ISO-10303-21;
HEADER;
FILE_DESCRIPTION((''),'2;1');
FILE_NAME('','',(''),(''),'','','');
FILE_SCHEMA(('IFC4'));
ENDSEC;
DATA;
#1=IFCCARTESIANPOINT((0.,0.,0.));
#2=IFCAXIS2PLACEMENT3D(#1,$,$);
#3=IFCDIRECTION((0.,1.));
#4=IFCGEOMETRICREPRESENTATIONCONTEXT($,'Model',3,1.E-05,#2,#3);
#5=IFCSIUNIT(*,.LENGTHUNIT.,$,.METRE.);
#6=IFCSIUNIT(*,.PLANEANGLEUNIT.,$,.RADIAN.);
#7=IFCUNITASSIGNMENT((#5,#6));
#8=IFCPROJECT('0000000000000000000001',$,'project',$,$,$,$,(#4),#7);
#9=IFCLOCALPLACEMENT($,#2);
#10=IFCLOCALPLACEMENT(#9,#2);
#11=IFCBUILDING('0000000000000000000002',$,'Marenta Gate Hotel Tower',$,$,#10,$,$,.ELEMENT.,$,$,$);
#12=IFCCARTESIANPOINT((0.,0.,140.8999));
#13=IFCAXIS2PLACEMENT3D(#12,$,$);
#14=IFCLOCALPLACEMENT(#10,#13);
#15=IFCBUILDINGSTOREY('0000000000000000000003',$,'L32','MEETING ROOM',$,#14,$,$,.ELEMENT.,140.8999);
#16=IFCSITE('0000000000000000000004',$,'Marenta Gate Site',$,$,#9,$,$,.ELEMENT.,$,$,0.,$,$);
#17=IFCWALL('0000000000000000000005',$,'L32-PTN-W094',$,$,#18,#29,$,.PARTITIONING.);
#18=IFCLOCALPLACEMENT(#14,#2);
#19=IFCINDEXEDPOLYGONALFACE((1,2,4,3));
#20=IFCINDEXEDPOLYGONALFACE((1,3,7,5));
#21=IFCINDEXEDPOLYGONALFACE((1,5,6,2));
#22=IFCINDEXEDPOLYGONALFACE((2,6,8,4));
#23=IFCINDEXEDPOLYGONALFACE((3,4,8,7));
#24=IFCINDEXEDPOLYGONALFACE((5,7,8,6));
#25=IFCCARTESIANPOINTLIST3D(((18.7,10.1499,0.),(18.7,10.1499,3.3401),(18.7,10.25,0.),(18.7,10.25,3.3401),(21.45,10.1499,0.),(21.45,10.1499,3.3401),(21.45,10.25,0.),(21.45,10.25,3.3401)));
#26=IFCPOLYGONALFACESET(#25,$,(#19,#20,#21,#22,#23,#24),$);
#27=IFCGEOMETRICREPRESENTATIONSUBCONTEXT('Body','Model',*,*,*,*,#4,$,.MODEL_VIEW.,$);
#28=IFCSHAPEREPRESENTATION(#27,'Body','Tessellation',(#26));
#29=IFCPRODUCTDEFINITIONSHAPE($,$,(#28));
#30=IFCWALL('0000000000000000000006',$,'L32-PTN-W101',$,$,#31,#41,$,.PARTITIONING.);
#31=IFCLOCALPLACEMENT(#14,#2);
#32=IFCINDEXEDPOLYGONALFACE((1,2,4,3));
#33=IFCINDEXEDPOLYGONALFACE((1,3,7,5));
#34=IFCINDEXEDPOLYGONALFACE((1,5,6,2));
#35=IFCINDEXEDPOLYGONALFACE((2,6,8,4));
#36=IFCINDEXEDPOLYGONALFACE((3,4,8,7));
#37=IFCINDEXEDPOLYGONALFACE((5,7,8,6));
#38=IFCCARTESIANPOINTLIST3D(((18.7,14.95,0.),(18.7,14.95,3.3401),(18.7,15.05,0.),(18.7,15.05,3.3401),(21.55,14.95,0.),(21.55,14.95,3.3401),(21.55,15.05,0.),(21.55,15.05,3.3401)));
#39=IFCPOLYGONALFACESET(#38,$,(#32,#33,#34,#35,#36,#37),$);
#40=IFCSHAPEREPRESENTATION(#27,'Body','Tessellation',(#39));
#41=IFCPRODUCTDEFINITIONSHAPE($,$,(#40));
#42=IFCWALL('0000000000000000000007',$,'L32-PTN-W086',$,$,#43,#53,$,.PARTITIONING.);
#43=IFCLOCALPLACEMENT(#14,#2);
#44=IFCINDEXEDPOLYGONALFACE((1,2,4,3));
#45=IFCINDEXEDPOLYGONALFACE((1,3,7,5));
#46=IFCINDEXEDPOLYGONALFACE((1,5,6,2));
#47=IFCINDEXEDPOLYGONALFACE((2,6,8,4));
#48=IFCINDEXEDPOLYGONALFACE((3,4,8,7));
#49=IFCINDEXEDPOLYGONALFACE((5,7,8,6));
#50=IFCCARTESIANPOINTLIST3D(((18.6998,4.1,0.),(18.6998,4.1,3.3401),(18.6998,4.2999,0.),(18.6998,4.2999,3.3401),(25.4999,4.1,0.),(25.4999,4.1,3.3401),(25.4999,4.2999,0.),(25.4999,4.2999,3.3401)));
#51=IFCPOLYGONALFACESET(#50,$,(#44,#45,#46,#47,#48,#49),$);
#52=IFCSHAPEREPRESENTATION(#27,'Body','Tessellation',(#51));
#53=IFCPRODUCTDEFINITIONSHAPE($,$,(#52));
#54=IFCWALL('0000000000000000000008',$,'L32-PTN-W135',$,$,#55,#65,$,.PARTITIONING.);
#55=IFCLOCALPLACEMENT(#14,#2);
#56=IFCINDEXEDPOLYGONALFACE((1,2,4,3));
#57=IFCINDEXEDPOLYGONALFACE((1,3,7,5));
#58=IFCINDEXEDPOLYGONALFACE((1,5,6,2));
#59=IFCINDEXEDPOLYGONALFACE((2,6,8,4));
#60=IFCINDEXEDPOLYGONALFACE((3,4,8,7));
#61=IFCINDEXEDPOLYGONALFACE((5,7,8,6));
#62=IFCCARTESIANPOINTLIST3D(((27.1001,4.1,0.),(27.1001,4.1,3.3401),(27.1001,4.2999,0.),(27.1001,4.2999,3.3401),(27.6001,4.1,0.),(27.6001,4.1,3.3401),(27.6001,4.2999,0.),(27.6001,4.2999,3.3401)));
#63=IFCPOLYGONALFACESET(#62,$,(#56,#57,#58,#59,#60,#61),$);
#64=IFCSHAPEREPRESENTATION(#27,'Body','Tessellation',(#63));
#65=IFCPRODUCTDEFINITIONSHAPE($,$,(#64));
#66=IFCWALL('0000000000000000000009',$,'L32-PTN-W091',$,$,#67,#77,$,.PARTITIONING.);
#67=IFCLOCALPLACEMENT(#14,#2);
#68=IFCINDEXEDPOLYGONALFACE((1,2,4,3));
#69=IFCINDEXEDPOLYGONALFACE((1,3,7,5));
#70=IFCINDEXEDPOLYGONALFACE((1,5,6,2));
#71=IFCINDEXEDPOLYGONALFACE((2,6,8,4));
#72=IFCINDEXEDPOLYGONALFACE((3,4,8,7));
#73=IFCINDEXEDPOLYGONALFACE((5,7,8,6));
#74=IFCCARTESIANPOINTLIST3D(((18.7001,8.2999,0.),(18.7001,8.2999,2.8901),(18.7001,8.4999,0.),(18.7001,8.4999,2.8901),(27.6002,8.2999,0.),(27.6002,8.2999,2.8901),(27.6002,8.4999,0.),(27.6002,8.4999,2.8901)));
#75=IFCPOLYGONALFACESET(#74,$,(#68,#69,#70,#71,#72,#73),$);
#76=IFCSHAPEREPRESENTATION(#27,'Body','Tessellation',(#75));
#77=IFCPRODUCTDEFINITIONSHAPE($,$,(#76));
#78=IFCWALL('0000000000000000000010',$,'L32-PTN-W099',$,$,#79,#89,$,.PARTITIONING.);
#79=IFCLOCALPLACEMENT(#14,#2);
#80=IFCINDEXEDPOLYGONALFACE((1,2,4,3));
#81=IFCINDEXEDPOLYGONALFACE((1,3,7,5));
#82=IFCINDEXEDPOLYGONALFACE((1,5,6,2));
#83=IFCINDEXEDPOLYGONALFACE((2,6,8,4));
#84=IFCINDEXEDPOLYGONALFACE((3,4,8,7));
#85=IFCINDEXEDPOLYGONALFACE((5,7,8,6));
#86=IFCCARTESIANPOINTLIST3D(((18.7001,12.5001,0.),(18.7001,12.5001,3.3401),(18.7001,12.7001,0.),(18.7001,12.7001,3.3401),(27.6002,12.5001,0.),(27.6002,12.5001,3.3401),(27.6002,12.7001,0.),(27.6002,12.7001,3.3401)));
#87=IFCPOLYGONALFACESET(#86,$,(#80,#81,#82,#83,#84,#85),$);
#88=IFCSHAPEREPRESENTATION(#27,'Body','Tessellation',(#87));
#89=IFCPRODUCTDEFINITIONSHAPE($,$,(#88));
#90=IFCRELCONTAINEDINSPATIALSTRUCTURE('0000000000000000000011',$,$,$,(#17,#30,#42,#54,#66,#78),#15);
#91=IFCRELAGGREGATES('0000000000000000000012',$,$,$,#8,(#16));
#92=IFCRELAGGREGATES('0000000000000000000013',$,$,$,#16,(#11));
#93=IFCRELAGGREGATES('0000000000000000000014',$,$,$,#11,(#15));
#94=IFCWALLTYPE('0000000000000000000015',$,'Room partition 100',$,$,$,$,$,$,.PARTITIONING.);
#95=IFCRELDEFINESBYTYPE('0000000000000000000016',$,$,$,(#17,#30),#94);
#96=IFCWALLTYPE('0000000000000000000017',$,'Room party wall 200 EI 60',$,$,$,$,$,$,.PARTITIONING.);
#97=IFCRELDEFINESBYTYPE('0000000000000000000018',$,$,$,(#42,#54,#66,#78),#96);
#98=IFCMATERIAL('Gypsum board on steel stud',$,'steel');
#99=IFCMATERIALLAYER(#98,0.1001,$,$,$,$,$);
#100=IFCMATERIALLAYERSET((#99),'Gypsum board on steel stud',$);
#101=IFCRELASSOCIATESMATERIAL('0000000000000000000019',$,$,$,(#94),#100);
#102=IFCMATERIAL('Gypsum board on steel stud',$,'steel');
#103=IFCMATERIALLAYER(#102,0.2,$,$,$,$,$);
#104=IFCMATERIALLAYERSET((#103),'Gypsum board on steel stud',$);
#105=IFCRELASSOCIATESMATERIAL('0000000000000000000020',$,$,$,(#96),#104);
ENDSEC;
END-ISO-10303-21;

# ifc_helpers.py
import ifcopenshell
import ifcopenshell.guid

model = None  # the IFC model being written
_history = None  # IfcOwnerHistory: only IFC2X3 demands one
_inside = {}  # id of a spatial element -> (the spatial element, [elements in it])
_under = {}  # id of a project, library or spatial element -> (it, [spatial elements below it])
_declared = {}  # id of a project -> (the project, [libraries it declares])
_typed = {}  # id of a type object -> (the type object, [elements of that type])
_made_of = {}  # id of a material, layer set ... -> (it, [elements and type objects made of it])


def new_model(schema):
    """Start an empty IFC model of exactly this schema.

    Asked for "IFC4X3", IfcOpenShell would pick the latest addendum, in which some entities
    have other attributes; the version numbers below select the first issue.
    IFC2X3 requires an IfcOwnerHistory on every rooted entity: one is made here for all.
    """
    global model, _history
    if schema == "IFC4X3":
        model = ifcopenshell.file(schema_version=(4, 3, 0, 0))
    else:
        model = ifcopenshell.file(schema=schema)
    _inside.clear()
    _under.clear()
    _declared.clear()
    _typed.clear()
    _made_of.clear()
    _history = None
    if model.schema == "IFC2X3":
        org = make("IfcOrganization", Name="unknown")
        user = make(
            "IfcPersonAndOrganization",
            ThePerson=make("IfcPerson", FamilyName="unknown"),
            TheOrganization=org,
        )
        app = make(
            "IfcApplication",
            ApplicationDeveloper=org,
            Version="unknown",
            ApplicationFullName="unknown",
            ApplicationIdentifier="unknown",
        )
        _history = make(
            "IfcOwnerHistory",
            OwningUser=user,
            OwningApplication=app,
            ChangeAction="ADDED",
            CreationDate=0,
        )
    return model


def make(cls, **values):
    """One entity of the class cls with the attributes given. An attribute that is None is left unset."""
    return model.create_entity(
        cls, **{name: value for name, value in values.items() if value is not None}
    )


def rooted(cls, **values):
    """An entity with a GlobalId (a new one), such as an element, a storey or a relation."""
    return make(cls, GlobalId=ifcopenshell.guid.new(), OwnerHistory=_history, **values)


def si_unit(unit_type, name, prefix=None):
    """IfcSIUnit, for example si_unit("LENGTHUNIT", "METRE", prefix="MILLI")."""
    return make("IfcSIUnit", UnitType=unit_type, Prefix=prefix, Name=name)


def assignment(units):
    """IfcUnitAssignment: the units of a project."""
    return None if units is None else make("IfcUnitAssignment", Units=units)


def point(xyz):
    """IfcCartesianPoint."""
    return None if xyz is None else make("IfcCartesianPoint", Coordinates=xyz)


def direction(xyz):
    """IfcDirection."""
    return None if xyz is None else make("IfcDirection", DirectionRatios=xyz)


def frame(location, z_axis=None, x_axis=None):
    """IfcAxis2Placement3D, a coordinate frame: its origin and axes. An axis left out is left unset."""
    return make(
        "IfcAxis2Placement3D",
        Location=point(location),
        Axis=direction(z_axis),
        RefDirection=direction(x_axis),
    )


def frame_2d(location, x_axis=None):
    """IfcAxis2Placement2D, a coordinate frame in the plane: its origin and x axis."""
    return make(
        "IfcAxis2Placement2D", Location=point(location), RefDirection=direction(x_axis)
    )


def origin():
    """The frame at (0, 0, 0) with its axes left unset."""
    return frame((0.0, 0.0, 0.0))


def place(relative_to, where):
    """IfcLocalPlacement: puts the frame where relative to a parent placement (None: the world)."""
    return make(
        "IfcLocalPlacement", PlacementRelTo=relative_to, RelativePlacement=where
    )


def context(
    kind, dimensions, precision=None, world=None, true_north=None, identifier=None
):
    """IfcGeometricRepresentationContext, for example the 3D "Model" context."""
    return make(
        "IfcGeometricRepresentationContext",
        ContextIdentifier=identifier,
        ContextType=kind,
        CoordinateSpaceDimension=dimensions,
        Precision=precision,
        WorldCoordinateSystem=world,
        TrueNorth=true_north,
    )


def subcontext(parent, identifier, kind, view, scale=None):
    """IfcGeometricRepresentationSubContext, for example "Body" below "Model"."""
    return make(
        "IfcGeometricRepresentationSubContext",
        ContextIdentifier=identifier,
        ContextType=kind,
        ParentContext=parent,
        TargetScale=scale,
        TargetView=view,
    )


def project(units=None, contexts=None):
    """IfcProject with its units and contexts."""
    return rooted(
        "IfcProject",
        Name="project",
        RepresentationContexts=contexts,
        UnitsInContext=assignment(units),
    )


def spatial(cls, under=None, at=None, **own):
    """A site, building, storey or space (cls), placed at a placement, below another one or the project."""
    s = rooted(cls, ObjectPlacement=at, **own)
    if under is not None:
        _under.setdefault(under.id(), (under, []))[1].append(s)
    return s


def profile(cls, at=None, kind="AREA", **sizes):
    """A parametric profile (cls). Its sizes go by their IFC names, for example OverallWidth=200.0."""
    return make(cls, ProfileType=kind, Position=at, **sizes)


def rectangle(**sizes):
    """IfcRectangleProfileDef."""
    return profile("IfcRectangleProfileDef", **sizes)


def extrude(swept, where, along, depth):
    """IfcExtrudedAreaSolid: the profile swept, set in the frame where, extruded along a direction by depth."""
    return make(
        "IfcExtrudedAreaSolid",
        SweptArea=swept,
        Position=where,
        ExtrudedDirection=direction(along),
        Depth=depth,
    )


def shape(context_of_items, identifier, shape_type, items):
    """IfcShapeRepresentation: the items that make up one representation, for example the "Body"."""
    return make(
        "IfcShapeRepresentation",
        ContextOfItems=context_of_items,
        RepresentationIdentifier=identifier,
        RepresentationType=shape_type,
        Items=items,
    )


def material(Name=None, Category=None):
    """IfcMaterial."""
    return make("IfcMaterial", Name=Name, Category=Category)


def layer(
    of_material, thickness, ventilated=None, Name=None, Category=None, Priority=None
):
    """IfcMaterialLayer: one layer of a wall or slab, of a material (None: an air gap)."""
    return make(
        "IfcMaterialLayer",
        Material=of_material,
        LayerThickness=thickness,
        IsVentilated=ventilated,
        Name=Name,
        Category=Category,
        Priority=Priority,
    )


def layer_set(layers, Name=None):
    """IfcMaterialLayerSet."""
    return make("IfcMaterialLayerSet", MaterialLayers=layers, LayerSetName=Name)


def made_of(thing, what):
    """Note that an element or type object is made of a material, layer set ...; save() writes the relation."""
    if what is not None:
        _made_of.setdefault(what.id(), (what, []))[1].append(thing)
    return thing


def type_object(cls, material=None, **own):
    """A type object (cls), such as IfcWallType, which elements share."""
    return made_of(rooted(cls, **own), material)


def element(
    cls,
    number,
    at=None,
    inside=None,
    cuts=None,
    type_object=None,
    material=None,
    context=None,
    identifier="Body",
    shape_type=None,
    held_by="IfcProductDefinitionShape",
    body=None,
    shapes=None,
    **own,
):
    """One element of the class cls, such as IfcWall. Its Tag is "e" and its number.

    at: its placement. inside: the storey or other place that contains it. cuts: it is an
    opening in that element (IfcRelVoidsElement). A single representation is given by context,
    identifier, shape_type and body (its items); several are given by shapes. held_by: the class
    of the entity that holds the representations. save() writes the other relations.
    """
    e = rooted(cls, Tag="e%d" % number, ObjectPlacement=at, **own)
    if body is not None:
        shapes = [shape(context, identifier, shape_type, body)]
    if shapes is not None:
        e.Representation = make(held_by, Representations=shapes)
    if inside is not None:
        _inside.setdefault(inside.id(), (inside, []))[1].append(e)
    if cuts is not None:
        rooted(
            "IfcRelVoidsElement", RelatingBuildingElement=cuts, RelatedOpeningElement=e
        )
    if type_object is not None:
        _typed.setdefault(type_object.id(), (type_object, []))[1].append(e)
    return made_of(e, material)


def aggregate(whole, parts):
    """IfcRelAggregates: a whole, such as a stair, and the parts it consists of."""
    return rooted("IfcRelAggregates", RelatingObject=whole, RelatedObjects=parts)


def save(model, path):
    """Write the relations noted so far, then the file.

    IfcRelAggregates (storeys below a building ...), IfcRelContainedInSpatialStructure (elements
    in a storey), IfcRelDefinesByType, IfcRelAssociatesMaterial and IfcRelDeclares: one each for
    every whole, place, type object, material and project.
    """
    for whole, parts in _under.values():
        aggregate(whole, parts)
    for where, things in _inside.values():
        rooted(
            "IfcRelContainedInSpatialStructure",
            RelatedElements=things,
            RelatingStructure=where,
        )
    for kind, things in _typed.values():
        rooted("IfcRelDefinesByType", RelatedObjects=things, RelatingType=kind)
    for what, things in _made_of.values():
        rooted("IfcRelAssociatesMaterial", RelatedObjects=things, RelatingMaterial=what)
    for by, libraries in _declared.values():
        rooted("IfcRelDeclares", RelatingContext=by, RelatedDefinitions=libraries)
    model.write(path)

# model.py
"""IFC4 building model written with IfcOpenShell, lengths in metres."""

from ifc_helpers import new_model, si_unit, direction, frame, frame_2d, origin, place, context, subcontext, project, spatial, rectangle, extrude, material, layer, layer_set, type_object, element, save


model = new_model("IFC4")

# Units and contexts
model_context = context("Model", 3, precision=1e-05, world=origin(), true_north=direction((0.0, 1.0)))
body_context = subcontext(model_context, "Body", "Model", "MODEL_VIEW")
ifc_project = project(units=[si_unit("LENGTHUNIT", "METRE"), si_unit("PLANEANGLEUNIT", "RADIAN")], contexts=[model_context])

# Site, building, storey
site_placement = place(None, origin())
site = spatial("IfcSite", under=ifc_project, at=site_placement, Name="Marenta Gate Site", CompositionType="ELEMENT", RefElevation=0.0)
building_placement = place(site_placement, origin())
building = spatial("IfcBuilding", under=site, at=building_placement, Name="Marenta Gate Hotel Tower", CompositionType="ELEMENT")
storey_placement = place(building_placement, frame((0.0, 0.0, 140.8999)))
storey = spatial("IfcBuildingStorey", under=building, at=storey_placement, Name="L32", Description="MEETING ROOM", CompositionType="ELEMENT", Elevation=140.8999)

# Shared definitions
ifc_material_1 = material(Name="Gypsum board on steel stud", Category="steel")
ifc_layer_1 = layer(ifc_material_1, 0.1001)
ifc_layer_set_1 = layer_set([ifc_layer_1], Name="Gypsum board on steel stud")
wall_type_1 = type_object("IfcWallType", Name="Room partition 100", PredefinedType="PARTITIONING", material=ifc_layer_set_1)

# Walls
for number, where, z_axis, x_axis, name in (
    (1, (18.7, 10.2, 0.0), (0.0, 0.0, 1.0), (1.0, 0.0, 0.0), "L32-PTN-W094"),
):
    element("IfcWall", number, at=place(storey_placement, frame(where, z_axis=z_axis, x_axis=x_axis)), inside=storey, type_object=wall_type_1, Name=name, PredefinedType="PARTITIONING", context=body_context, shape_type="SweptSolid", body=[
        extrude(rectangle(XDim=2.75, YDim=0.1001, at=frame_2d((1.375, 0.0))), origin(), (0.0, 0.0, 1.0), 3.3401),
    ])
wall_1_placement = place(storey_placement, frame((18.7, 15.0, 0.0), z_axis=(0.0, 0.0, 1.0), x_axis=(1.0, 0.0, 0.0)))
element("IfcWall", 2, at=wall_1_placement, inside=storey, type_object=wall_type_1, Name="L32-PTN-W101", PredefinedType="PARTITIONING", context=body_context, shape_type="SweptSolid", body=[
    extrude(rectangle(XDim=2.8501, YDim=0.1001, at=frame_2d((1.425, 0.0))), origin(), (0.0, 0.0, 1.0), 3.3401),
])
ifc_material_2 = material(Name="Gypsum board on steel stud", Category="steel")
ifc_layer_2 = layer(ifc_material_2, 0.2)
ifc_layer_set_2 = layer_set([ifc_layer_2], Name="Gypsum board on steel stud")
wall_type_2 = type_object("IfcWallType", Name="Room party wall 200 EI 60", PredefinedType="PARTITIONING", material=ifc_layer_set_2)
wall_2_placement = place(storey_placement, frame((18.7, 4.2, 0.0), z_axis=(0.0, 0.0, 1.0), x_axis=(1.0, 0.0, 0.0)))
element("IfcWall", 3, at=wall_2_placement, inside=storey, type_object=wall_type_2, Name="L32-PTN-W086", PredefinedType="PARTITIONING", context=body_context, shape_type="SweptSolid", body=[
    extrude(rectangle(XDim=6.8, YDim=0.2, at=frame_2d((3.3999, 0.0))), origin(), (0.0, 0.0, 1.0), 3.3401),
])
wall_3_placement = place(storey_placement, frame((27.1001, 4.2, 0.0), z_axis=(0.0, 0.0, 1.0), x_axis=(1.0, 0.0, 0.0)))
element("IfcWall", 4, at=wall_3_placement, inside=storey, type_object=wall_type_2, Name="L32-PTN-W135", PredefinedType="PARTITIONING", context=body_context, shape_type="SweptSolid", body=[
    extrude(rectangle(XDim=0.5, YDim=0.2, at=frame_2d((0.25, 0.0))), origin(), (0.0, 0.0, 1.0), 3.3401),
])
wall_4_placement = place(storey_placement, frame((18.7, 8.3999, 0.0), z_axis=(0.0, 0.0, 1.0), x_axis=(1.0, 0.0, 0.0)))
element("IfcWall", 5, at=wall_4_placement, inside=storey, type_object=wall_type_2, Name="L32-PTN-W091", PredefinedType="PARTITIONING", context=body_context, shape_type="SweptSolid", body=[
    extrude(rectangle(XDim=8.9001, YDim=0.2, at=frame_2d((4.4502, 0.0))), origin(), (0.0, 0.0, 1.0), 2.8901),
])
wall_5_placement = place(storey_placement, frame((18.7, 12.6001, 0.0), z_axis=(0.0, 0.0, 1.0), x_axis=(1.0, 0.0, 0.0)))
element("IfcWall", 6, at=wall_5_placement, inside=storey, type_object=wall_type_2, Name="L32-PTN-W099", PredefinedType="PARTITIONING", context=body_context, shape_type="SweptSolid", body=[
    extrude(rectangle(XDim=8.9001, YDim=0.2, at=frame_2d((4.4502, 0.0))), origin(), (0.0, 0.0, 1.0), 3.3401),
])

save(model, "model.ifc")
